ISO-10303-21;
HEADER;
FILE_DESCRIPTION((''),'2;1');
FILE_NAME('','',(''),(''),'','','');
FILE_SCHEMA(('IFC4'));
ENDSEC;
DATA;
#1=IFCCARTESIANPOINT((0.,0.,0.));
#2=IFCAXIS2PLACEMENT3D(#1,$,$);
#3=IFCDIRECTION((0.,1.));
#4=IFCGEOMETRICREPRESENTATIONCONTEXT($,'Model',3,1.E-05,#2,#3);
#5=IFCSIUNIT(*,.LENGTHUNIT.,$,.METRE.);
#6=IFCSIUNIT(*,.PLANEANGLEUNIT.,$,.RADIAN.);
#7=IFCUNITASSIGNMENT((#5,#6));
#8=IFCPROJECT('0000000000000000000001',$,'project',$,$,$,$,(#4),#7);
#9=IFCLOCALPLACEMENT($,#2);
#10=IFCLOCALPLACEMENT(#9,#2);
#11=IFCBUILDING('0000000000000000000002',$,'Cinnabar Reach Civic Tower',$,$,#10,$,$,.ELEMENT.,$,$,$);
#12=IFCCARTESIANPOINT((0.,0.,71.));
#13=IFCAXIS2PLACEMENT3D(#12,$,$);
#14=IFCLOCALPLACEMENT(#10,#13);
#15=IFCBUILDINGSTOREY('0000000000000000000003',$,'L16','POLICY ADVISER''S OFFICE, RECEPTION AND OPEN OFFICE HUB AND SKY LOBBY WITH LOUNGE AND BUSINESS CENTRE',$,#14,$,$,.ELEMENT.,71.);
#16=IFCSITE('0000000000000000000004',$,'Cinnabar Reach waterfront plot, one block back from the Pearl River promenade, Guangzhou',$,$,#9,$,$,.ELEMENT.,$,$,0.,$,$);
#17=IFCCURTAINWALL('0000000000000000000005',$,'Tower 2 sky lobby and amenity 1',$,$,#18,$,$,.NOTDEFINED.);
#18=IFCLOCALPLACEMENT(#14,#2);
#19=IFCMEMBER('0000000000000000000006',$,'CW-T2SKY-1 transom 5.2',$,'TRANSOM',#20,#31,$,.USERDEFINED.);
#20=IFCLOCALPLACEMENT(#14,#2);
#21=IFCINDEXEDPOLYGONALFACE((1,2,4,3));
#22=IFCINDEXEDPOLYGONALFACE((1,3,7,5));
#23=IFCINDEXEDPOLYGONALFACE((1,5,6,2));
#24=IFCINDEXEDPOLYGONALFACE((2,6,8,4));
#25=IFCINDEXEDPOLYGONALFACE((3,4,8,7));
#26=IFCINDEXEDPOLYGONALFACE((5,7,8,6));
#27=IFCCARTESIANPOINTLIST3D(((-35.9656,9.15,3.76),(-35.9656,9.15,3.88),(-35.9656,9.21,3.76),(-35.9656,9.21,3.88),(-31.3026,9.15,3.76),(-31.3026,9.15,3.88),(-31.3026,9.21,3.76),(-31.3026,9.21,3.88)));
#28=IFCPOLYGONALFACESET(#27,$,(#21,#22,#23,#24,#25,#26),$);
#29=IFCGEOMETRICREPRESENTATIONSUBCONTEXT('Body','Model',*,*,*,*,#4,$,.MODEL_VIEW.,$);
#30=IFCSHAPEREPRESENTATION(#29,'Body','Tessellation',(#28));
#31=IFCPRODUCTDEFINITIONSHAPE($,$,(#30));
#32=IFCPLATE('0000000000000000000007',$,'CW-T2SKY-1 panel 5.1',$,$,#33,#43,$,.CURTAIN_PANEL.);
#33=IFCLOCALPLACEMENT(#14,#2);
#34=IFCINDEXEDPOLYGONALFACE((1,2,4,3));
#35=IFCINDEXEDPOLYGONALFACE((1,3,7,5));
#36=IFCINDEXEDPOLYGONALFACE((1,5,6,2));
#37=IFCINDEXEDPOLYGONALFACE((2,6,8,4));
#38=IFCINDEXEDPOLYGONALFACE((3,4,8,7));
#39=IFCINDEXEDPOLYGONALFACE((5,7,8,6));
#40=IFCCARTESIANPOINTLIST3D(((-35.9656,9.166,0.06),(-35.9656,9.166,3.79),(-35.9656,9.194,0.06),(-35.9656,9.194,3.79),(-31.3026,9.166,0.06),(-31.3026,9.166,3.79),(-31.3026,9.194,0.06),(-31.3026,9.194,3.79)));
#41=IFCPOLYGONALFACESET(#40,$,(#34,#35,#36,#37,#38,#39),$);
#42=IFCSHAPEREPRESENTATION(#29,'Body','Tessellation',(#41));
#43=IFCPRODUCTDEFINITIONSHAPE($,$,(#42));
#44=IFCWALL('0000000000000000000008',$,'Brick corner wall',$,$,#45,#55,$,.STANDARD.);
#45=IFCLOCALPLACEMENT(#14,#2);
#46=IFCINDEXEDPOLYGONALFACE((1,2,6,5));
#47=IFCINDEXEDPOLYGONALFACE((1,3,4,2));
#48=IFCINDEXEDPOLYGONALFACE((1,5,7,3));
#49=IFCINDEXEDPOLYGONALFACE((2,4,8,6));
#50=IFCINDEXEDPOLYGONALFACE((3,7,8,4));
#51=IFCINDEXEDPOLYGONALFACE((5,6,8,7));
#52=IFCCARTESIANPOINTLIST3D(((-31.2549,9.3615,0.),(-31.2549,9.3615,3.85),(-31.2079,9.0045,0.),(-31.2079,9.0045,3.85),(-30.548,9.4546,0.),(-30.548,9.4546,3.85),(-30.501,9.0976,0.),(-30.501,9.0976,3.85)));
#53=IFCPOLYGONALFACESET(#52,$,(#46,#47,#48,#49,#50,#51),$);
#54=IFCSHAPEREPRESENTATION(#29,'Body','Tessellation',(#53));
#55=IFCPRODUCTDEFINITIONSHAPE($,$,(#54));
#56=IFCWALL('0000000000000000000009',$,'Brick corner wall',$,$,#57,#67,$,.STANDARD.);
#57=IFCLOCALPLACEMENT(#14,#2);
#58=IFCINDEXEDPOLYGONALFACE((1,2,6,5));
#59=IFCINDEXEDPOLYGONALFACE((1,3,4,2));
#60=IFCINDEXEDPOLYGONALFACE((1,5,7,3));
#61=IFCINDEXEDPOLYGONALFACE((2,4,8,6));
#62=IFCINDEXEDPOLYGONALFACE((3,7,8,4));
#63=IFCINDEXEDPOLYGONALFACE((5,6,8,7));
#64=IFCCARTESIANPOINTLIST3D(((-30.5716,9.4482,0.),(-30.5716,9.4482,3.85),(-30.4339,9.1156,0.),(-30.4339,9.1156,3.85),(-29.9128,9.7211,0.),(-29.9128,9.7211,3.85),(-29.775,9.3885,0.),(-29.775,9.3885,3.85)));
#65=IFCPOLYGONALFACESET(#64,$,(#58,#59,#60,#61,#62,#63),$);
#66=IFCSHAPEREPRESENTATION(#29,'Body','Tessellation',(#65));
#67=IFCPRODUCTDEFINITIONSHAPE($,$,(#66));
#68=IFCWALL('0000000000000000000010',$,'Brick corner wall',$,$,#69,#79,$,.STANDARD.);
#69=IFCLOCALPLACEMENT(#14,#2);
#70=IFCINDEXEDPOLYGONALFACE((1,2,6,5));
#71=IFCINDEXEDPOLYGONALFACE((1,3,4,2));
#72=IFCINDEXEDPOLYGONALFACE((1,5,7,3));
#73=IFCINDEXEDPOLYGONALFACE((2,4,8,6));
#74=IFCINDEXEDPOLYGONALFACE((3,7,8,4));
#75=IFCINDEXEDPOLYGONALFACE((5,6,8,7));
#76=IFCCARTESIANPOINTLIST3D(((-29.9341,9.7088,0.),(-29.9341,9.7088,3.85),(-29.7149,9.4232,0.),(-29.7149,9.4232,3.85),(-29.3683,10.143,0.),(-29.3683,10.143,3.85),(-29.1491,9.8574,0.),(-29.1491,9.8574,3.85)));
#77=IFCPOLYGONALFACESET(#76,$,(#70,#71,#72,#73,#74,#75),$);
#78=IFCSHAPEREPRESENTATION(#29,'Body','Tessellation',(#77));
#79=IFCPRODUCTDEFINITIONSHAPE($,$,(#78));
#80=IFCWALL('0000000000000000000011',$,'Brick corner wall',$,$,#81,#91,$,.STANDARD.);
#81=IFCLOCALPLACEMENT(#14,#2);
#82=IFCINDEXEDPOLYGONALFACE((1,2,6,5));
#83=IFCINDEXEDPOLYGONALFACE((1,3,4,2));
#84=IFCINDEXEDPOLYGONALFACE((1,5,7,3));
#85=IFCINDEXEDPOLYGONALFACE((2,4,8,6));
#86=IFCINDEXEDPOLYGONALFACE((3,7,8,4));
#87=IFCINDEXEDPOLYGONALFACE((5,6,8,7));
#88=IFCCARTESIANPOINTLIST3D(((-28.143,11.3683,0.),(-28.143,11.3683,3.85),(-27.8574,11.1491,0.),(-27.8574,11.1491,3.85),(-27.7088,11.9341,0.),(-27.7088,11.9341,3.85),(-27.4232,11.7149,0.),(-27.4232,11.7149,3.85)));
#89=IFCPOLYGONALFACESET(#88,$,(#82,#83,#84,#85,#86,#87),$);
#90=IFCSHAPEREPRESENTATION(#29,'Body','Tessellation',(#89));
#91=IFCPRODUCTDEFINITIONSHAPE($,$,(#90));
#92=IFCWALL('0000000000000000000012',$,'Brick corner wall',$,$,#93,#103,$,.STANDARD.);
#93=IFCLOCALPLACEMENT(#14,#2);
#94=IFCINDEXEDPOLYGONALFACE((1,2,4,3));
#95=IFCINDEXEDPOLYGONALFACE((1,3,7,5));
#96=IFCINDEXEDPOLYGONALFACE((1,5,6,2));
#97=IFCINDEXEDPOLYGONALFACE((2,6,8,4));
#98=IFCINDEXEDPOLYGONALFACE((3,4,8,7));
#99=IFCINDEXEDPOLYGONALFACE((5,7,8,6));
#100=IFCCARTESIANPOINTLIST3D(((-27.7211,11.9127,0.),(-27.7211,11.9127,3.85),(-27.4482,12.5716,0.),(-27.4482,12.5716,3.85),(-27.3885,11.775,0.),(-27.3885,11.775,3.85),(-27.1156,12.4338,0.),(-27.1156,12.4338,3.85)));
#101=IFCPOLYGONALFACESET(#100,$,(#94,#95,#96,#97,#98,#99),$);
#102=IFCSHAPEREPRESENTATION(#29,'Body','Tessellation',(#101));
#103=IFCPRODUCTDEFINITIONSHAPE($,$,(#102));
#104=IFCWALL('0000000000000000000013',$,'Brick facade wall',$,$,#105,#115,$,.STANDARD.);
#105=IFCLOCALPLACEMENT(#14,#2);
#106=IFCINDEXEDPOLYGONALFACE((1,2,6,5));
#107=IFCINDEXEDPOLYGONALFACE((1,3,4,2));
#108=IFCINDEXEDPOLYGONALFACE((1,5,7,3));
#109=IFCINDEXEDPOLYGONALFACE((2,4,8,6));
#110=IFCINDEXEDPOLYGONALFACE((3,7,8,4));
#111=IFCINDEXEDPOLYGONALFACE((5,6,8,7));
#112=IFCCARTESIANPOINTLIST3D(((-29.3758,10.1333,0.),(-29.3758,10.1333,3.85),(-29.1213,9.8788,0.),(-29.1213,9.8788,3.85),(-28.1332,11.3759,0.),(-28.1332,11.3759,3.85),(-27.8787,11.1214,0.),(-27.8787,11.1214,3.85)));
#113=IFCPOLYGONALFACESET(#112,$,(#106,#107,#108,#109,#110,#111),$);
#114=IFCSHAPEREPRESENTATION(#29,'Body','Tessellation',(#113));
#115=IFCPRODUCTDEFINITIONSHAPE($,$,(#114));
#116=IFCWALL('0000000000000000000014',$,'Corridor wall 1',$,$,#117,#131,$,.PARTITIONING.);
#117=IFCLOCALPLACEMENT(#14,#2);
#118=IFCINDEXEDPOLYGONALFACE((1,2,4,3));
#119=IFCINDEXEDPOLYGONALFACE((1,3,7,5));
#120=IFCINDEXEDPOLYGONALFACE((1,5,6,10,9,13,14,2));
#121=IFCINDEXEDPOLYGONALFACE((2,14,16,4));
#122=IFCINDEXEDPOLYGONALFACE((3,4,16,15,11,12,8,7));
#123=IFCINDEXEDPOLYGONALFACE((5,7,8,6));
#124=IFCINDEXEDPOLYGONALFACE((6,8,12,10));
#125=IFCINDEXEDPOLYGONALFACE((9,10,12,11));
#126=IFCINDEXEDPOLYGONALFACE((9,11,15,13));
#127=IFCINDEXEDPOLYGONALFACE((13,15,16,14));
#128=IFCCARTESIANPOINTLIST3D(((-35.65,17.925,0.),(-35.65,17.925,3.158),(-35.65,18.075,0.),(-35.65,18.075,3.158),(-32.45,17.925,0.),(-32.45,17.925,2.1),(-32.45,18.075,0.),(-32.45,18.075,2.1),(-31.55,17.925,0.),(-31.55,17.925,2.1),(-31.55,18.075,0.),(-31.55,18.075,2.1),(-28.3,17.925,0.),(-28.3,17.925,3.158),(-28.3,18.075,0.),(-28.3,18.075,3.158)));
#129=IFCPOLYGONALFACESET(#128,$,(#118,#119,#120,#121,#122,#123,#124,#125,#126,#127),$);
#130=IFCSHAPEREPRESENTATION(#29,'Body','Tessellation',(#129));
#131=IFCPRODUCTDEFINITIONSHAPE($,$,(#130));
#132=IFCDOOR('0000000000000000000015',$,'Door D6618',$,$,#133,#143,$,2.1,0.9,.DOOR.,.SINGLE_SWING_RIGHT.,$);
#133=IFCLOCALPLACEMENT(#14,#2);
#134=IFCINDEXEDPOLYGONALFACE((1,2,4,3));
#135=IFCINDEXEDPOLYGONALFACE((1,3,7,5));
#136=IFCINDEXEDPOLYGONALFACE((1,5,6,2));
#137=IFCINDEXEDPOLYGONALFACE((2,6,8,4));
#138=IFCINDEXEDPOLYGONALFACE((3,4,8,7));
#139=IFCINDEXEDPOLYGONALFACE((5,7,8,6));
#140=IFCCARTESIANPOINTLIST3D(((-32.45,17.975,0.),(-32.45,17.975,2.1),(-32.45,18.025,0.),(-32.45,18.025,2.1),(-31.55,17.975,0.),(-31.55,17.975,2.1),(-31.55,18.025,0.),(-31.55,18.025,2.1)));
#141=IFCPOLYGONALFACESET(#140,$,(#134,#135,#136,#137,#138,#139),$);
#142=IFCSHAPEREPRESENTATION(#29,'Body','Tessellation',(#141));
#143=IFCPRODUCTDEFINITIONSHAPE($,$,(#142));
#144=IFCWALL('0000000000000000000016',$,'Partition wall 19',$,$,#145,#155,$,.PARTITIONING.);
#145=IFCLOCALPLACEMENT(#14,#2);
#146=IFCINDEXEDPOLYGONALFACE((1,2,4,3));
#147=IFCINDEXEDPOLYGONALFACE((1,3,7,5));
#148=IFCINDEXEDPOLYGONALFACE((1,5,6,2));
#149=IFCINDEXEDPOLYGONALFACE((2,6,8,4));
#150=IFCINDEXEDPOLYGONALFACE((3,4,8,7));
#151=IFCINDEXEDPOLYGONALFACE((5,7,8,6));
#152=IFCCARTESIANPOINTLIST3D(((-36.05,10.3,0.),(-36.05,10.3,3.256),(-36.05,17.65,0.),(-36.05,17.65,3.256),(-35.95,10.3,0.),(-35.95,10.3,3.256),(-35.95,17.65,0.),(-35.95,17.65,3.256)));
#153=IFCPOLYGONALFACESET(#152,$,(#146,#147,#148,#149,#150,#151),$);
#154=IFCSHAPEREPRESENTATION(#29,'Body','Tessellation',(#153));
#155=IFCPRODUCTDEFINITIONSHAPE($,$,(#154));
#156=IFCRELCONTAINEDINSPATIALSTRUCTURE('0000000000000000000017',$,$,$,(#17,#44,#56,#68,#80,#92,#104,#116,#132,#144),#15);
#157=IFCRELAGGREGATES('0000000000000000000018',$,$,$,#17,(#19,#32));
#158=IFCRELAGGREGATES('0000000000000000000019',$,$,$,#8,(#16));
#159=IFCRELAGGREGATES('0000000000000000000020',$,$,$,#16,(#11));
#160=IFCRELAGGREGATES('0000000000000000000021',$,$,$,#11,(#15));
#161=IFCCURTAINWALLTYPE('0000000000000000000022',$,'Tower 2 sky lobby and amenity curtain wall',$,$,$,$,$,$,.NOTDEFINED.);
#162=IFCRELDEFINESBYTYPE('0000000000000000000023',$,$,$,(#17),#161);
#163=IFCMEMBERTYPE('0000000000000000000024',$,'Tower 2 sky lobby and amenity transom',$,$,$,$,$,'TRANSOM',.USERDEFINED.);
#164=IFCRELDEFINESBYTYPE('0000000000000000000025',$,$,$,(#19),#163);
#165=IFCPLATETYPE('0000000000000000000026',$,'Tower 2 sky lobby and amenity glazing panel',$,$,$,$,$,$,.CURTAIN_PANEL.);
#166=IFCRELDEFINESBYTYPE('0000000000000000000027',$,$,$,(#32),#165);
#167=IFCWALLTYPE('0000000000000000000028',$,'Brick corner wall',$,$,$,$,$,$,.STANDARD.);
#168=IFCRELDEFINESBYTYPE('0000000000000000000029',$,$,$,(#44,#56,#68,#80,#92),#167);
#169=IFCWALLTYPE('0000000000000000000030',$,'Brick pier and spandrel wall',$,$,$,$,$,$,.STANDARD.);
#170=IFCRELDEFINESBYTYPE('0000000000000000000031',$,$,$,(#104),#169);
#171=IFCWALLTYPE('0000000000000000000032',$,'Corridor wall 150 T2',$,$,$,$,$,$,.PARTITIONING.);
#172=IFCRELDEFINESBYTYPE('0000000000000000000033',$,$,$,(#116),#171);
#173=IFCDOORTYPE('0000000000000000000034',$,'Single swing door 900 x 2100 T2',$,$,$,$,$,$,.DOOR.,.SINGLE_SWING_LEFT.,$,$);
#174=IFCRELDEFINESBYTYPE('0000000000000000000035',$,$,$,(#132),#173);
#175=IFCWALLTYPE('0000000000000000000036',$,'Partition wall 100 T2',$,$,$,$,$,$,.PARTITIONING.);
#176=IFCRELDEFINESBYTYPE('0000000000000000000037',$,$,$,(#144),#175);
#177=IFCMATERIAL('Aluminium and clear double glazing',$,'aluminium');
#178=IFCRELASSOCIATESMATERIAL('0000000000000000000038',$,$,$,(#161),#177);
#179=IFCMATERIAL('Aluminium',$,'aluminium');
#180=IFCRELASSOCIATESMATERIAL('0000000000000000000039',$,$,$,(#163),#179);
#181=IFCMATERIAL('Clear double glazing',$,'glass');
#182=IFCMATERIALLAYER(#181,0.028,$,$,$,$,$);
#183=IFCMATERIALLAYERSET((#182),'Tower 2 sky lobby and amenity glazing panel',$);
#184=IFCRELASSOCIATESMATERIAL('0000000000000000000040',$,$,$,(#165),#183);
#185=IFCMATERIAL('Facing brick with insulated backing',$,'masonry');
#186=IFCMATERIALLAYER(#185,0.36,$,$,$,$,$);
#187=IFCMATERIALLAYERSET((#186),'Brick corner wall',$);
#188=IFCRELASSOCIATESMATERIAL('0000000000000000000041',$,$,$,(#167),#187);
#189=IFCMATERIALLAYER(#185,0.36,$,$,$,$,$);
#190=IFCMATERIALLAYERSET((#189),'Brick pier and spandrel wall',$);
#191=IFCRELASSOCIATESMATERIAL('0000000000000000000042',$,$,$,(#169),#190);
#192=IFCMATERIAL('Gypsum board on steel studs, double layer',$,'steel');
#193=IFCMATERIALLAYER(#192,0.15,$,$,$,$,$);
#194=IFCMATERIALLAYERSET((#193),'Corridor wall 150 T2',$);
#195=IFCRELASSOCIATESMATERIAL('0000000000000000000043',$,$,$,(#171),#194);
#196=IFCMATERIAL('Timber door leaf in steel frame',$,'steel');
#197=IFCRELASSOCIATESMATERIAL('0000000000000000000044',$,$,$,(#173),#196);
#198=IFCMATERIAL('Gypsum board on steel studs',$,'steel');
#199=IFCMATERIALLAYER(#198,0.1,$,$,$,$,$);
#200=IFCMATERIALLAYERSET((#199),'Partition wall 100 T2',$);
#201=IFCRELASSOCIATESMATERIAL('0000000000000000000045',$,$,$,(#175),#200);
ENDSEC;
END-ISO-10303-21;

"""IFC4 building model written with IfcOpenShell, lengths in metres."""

from ifc_helpers import new_model, si_unit, direction, frame, frame_2d, origin, origin_2d, place, context, subcontext, project, spatial, rectangle, extrude, material, layer, layer_set, material_profile, profile_set, type_object, element, fill, aggregate, save


model = new_model("IFC4")

# Units and contexts
model_context = context("Model", 3, precision=1e-05, world=origin(), true_north=direction((0.0, 1.0)))
body_context = subcontext(model_context, "Body", "Model", "MODEL_VIEW")
ifc_project = project(units=[si_unit("LENGTHUNIT", "METRE"), si_unit("PLANEANGLEUNIT", "RADIAN")], contexts=[model_context])

# Site, building, storey
site_placement = place(None, origin())
site = spatial("IfcSite", under=ifc_project, at=site_placement, Name="Cinnabar Reach waterfront plot, one block back from the Pearl River promenade, Guangzhou", CompositionType="ELEMENT", RefElevation=0.0)
building_placement = place(site_placement, origin())
building = spatial("IfcBuilding", under=site, at=building_placement, Name="Cinnabar Reach Civic Tower", CompositionType="ELEMENT")
storey_placement = place(building_placement, frame((0.0, 0.0, 71.0)))
storey = spatial("IfcBuildingStorey", under=building, at=storey_placement, Name="L16", Description="POLICY ADVISER'S OFFICE, RECEPTION AND OPEN OFFICE HUB AND SKY LOBBY WITH LOUNGE AND BUSINESS CENTRE", CompositionType="ELEMENT", Elevation=71.0)

# Curtain wall, member, plate
ifc_material_1 = material(Name="Aluminium and clear double glazing", Category="aluminium")
curtain_wall_type = type_object("IfcCurtainWallType", Name="Tower 2 sky lobby and amenity curtain wall", PredefinedType="NOTDEFINED", material=ifc_material_1)
curtain_wall_placement = place(storey_placement, origin())
curtain_wall = element("IfcCurtainWall", 1, at=curtain_wall_placement, inside=storey, type_object=curtain_wall_type, Name="Tower 2 sky lobby and amenity 1", PredefinedType="NOTDEFINED")
ifc_material_2 = material(Name="Aluminium", Category="aluminium")
ifc_material_profile_1 = material_profile(ifc_material_2, rectangle(XDim=0.06, YDim=0.12, at=origin_2d()), Name="Tower 2 sky lobby and amenity transom")
ifc_profile_set_1 = profile_set([ifc_material_profile_1], Name="Aluminium")
member_type_1 = type_object("IfcMemberType", Name="Tower 2 sky lobby and amenity transom", ElementType="TRANSOM", PredefinedType="USERDEFINED", material=ifc_profile_set_1)
member_1_placement = place(storey_placement, frame((-35.9656, 9.18, 3.82), z_axis=(1.0, 0.0, 0.0), x_axis=(0.0, 1.0, 0.0)))
member_1 = element("IfcMember", 2, at=member_1_placement, type_object=member_type_1, Name="CW-T2SKY-1 transom 5.2", ObjectType="TRANSOM", PredefinedType="USERDEFINED", context=body_context, shape_type="SweptSolid", body=[
    extrude(rectangle(XDim=0.06, YDim=0.12, at=origin_2d()), origin(), (0.0, 0.0, 1.0), 4.663),
])
ifc_material_3 = material(Name="Clear double glazing", Category="glass")
ifc_layer_1 = layer(ifc_material_3, 0.028)
ifc_layer_set_1 = layer_set([ifc_layer_1], Name="Tower 2 sky lobby and amenity glazing panel")
plate_type = type_object("IfcPlateType", Name="Tower 2 sky lobby and amenity glazing panel", PredefinedType="CURTAIN_PANEL", material=ifc_layer_set_1)
plate_placement = place(storey_placement, frame((-33.6341, 9.18, 0.06), z_axis=(0.0, 0.0, 1.0), x_axis=(1.0, 0.0, 0.0)))
plate = element("IfcPlate", 3, at=plate_placement, type_object=plate_type, Name="CW-T2SKY-1 panel 5.1", PredefinedType="CURTAIN_PANEL", context=body_context, shape_type="SweptSolid", body=[
    extrude(rectangle(XDim=4.663, YDim=0.028, at=origin_2d()), origin(), (0.0, 0.0, 1.0), 3.73),
])
aggregate(curtain_wall, [member_1, plate])

# Walls
ifc_material_4 = material(Name="Facing brick with insulated backing", Category="masonry")
ifc_layer_2 = layer(ifc_material_4, 0.36)
ifc_layer_set_2 = layer_set([ifc_layer_2], Name="Brick corner wall")
wall_type_1 = type_object("IfcWallType", Name="Brick corner wall", PredefinedType="STANDARD", material=ifc_layer_set_2)
for number, where, z_axis, x_axis, name in (
    (4, (-31.2314, 9.183, 0.0), (0.0, 0.0, 1.0), (0.991441, 0.130556, 0.0), "Brick corner wall"),
    (5, (-30.5027, 9.2819, 0.0), (0.0, 0.0, 1.0), (0.923872, 0.382703, 0.0), "Brick corner wall"),
):
    element("IfcWall", number, at=place(storey_placement, frame(where, z_axis=z_axis, x_axis=x_axis)), inside=storey, type_object=wall_type_1, Name=name, PredefinedType="STANDARD", context=body_context, shape_type="SweptSolid", body=[
        extrude(rectangle(XDim=0.7131, YDim=0.36, at=frame_2d((0.3565, 0.0))), origin(), (0.0, 0.0, 1.0), 3.85),
    ])
for number, where, z_axis, x_axis, name in (
    (6, (-29.8245, 9.566, 0.0), (0.0, 0.0, 1.0), (0.793322, 0.608802, 0.0), "Brick corner wall"),
    (7, (-28.0002, 11.2587, 0.0), (0.0, 0.0, 1.0), (0.608802, 0.793322, 0.0), "Brick corner wall"),
):
    element("IfcWall", number, at=place(storey_placement, frame(where, z_axis=z_axis, x_axis=x_axis)), inside=storey, type_object=wall_type_1, Name=name, PredefinedType="STANDARD", context=body_context, shape_type="SweptSolid", body=[
        extrude(rectangle(XDim=0.7132, YDim=0.36, at=frame_2d((0.3566, 0.0))), origin(), (0.0, 0.0, 1.0), 3.85),
    ])
wall_1_placement = place(storey_placement, frame((-27.5548, 11.8439, 0.0), z_axis=(0.0, 0.0, 1.0), x_axis=(0.382703, 0.923872, 0.0)))
element("IfcWall", 8, at=wall_1_placement, inside=storey, type_object=wall_type_1, Name="Brick corner wall", PredefinedType="STANDARD", context=body_context, shape_type="SweptSolid", body=[
    extrude(rectangle(XDim=0.7131, YDim=0.36, at=frame_2d((0.3565, 0.0))), origin(), (0.0, 0.0, 1.0), 3.85),
])
ifc_layer_3 = layer(ifc_material_4, 0.36)
ifc_layer_set_3 = layer_set([ifc_layer_3], Name="Brick pier and spandrel wall")
wall_type_2 = type_object("IfcWallType", Name="Brick pier and spandrel wall", PredefinedType="STANDARD", material=ifc_layer_set_3)
wall_2_placement = place(storey_placement, frame((-29.2486, 10.006, 0.0), z_axis=(0.0, 0.0, 1.0), x_axis=(0.707107, 0.707107, 0.0)))
element("IfcWall", 9, at=wall_2_placement, inside=storey, type_object=wall_type_2, Name="Brick facade wall", PredefinedType="STANDARD", context=body_context, shape_type="SweptSolid", body=[
    extrude(rectangle(XDim=1.7573, YDim=0.36, at=frame_2d((0.8787, 0.0))), origin(), (0.0, 0.0, 1.0), 3.85),
])

# Wall, opening, door
ifc_material_5 = material(Name="Gypsum board on steel studs, double layer", Category="steel")
ifc_layer_4 = layer(ifc_material_5, 0.15)
ifc_layer_set_4 = layer_set([ifc_layer_4], Name="Corridor wall 150 T2")
wall_type_3 = type_object("IfcWallType", Name="Corridor wall 150 T2", PredefinedType="PARTITIONING", material=ifc_layer_set_4)
wall_3_placement = place(storey_placement, frame((-35.65, 18.0, 0.0), z_axis=(0.0, 0.0, 1.0), x_axis=(1.0, 0.0, 0.0)))
wall_3 = element("IfcWall", 10, at=wall_3_placement, inside=storey, type_object=wall_type_3, Name="Corridor wall 1", PredefinedType="PARTITIONING", context=body_context, shape_type="SweptSolid", body=[
    extrude(rectangle(XDim=7.35, YDim=0.15, at=frame_2d((3.675, 0.0))), origin(), (0.0, 0.0, 1.0), 3.158),
])
opening_placement = place(wall_3_placement, frame((3.2, 0.0, 0.0)))
opening = element("IfcOpeningElement", 11, at=opening_placement, cuts=wall_3, PredefinedType="OPENING", context=body_context, shape_type="SweptSolid", body=[
    extrude(rectangle(XDim=0.9, YDim=2.1, at=frame_2d((0.45, 1.05))), frame((0.0, 0.085, 0.0), z_axis=(0.0, -1.0, 0.0), x_axis=(1.0, 0.0, 0.0)), (0.0, 0.0, 1.0), 0.17),
])
ifc_material_6 = material(Name="Timber door leaf in steel frame", Category="steel")
door_type = type_object("IfcDoorType", Name="Single swing door 900 x 2100 T2", OperationType="SINGLE_SWING_LEFT", PredefinedType="DOOR", material=ifc_material_6)
door_placement = place(opening_placement, frame((0.9, 0.0, 0.0), z_axis=(0.0, 0.0, 1.0), x_axis=(-1.0, 0.0, 0.0)))
door = element("IfcDoor", 12, at=door_placement, inside=storey, type_object=door_type, Name="Door D6618", OperationType="SINGLE_SWING_RIGHT", OverallHeight=2.1, OverallWidth=0.9, PredefinedType="DOOR", context=body_context, shape_type="SweptSolid", body=[
    extrude(rectangle(XDim=0.9, YDim=2.1, at=frame_2d((0.45, 1.05))), frame((0.0, 0.025, 0.0), z_axis=(0.0, -1.0, 0.0), x_axis=(1.0, 0.0, 0.0)), (0.0, 0.0, 1.0), 0.05),
])
fill(opening, door)

# Wall
ifc_material_7 = material(Name="Gypsum board on steel studs", Category="steel")
ifc_layer_5 = layer(ifc_material_7, 0.1)
ifc_layer_set_5 = layer_set([ifc_layer_5], Name="Partition wall 100 T2")
wall_type_4 = type_object("IfcWallType", Name="Partition wall 100 T2", PredefinedType="PARTITIONING", material=ifc_layer_set_5)
wall_4_placement = place(storey_placement, frame((-36.0, 10.3, 0.0), z_axis=(0.0, 0.0, 1.0), x_axis=(0.0, 1.0, 0.0)))
element("IfcWall", 13, at=wall_4_placement, inside=storey, type_object=wall_type_4, Name="Partition wall 19", PredefinedType="PARTITIONING", context=body_context, shape_type="SweptSolid", body=[
    extrude(rectangle(XDim=7.35, YDim=0.1, at=frame_2d((3.675, 0.0))), origin(), (0.0, 0.0, 1.0), 3.256),
])

save(model, "model.ifc")
